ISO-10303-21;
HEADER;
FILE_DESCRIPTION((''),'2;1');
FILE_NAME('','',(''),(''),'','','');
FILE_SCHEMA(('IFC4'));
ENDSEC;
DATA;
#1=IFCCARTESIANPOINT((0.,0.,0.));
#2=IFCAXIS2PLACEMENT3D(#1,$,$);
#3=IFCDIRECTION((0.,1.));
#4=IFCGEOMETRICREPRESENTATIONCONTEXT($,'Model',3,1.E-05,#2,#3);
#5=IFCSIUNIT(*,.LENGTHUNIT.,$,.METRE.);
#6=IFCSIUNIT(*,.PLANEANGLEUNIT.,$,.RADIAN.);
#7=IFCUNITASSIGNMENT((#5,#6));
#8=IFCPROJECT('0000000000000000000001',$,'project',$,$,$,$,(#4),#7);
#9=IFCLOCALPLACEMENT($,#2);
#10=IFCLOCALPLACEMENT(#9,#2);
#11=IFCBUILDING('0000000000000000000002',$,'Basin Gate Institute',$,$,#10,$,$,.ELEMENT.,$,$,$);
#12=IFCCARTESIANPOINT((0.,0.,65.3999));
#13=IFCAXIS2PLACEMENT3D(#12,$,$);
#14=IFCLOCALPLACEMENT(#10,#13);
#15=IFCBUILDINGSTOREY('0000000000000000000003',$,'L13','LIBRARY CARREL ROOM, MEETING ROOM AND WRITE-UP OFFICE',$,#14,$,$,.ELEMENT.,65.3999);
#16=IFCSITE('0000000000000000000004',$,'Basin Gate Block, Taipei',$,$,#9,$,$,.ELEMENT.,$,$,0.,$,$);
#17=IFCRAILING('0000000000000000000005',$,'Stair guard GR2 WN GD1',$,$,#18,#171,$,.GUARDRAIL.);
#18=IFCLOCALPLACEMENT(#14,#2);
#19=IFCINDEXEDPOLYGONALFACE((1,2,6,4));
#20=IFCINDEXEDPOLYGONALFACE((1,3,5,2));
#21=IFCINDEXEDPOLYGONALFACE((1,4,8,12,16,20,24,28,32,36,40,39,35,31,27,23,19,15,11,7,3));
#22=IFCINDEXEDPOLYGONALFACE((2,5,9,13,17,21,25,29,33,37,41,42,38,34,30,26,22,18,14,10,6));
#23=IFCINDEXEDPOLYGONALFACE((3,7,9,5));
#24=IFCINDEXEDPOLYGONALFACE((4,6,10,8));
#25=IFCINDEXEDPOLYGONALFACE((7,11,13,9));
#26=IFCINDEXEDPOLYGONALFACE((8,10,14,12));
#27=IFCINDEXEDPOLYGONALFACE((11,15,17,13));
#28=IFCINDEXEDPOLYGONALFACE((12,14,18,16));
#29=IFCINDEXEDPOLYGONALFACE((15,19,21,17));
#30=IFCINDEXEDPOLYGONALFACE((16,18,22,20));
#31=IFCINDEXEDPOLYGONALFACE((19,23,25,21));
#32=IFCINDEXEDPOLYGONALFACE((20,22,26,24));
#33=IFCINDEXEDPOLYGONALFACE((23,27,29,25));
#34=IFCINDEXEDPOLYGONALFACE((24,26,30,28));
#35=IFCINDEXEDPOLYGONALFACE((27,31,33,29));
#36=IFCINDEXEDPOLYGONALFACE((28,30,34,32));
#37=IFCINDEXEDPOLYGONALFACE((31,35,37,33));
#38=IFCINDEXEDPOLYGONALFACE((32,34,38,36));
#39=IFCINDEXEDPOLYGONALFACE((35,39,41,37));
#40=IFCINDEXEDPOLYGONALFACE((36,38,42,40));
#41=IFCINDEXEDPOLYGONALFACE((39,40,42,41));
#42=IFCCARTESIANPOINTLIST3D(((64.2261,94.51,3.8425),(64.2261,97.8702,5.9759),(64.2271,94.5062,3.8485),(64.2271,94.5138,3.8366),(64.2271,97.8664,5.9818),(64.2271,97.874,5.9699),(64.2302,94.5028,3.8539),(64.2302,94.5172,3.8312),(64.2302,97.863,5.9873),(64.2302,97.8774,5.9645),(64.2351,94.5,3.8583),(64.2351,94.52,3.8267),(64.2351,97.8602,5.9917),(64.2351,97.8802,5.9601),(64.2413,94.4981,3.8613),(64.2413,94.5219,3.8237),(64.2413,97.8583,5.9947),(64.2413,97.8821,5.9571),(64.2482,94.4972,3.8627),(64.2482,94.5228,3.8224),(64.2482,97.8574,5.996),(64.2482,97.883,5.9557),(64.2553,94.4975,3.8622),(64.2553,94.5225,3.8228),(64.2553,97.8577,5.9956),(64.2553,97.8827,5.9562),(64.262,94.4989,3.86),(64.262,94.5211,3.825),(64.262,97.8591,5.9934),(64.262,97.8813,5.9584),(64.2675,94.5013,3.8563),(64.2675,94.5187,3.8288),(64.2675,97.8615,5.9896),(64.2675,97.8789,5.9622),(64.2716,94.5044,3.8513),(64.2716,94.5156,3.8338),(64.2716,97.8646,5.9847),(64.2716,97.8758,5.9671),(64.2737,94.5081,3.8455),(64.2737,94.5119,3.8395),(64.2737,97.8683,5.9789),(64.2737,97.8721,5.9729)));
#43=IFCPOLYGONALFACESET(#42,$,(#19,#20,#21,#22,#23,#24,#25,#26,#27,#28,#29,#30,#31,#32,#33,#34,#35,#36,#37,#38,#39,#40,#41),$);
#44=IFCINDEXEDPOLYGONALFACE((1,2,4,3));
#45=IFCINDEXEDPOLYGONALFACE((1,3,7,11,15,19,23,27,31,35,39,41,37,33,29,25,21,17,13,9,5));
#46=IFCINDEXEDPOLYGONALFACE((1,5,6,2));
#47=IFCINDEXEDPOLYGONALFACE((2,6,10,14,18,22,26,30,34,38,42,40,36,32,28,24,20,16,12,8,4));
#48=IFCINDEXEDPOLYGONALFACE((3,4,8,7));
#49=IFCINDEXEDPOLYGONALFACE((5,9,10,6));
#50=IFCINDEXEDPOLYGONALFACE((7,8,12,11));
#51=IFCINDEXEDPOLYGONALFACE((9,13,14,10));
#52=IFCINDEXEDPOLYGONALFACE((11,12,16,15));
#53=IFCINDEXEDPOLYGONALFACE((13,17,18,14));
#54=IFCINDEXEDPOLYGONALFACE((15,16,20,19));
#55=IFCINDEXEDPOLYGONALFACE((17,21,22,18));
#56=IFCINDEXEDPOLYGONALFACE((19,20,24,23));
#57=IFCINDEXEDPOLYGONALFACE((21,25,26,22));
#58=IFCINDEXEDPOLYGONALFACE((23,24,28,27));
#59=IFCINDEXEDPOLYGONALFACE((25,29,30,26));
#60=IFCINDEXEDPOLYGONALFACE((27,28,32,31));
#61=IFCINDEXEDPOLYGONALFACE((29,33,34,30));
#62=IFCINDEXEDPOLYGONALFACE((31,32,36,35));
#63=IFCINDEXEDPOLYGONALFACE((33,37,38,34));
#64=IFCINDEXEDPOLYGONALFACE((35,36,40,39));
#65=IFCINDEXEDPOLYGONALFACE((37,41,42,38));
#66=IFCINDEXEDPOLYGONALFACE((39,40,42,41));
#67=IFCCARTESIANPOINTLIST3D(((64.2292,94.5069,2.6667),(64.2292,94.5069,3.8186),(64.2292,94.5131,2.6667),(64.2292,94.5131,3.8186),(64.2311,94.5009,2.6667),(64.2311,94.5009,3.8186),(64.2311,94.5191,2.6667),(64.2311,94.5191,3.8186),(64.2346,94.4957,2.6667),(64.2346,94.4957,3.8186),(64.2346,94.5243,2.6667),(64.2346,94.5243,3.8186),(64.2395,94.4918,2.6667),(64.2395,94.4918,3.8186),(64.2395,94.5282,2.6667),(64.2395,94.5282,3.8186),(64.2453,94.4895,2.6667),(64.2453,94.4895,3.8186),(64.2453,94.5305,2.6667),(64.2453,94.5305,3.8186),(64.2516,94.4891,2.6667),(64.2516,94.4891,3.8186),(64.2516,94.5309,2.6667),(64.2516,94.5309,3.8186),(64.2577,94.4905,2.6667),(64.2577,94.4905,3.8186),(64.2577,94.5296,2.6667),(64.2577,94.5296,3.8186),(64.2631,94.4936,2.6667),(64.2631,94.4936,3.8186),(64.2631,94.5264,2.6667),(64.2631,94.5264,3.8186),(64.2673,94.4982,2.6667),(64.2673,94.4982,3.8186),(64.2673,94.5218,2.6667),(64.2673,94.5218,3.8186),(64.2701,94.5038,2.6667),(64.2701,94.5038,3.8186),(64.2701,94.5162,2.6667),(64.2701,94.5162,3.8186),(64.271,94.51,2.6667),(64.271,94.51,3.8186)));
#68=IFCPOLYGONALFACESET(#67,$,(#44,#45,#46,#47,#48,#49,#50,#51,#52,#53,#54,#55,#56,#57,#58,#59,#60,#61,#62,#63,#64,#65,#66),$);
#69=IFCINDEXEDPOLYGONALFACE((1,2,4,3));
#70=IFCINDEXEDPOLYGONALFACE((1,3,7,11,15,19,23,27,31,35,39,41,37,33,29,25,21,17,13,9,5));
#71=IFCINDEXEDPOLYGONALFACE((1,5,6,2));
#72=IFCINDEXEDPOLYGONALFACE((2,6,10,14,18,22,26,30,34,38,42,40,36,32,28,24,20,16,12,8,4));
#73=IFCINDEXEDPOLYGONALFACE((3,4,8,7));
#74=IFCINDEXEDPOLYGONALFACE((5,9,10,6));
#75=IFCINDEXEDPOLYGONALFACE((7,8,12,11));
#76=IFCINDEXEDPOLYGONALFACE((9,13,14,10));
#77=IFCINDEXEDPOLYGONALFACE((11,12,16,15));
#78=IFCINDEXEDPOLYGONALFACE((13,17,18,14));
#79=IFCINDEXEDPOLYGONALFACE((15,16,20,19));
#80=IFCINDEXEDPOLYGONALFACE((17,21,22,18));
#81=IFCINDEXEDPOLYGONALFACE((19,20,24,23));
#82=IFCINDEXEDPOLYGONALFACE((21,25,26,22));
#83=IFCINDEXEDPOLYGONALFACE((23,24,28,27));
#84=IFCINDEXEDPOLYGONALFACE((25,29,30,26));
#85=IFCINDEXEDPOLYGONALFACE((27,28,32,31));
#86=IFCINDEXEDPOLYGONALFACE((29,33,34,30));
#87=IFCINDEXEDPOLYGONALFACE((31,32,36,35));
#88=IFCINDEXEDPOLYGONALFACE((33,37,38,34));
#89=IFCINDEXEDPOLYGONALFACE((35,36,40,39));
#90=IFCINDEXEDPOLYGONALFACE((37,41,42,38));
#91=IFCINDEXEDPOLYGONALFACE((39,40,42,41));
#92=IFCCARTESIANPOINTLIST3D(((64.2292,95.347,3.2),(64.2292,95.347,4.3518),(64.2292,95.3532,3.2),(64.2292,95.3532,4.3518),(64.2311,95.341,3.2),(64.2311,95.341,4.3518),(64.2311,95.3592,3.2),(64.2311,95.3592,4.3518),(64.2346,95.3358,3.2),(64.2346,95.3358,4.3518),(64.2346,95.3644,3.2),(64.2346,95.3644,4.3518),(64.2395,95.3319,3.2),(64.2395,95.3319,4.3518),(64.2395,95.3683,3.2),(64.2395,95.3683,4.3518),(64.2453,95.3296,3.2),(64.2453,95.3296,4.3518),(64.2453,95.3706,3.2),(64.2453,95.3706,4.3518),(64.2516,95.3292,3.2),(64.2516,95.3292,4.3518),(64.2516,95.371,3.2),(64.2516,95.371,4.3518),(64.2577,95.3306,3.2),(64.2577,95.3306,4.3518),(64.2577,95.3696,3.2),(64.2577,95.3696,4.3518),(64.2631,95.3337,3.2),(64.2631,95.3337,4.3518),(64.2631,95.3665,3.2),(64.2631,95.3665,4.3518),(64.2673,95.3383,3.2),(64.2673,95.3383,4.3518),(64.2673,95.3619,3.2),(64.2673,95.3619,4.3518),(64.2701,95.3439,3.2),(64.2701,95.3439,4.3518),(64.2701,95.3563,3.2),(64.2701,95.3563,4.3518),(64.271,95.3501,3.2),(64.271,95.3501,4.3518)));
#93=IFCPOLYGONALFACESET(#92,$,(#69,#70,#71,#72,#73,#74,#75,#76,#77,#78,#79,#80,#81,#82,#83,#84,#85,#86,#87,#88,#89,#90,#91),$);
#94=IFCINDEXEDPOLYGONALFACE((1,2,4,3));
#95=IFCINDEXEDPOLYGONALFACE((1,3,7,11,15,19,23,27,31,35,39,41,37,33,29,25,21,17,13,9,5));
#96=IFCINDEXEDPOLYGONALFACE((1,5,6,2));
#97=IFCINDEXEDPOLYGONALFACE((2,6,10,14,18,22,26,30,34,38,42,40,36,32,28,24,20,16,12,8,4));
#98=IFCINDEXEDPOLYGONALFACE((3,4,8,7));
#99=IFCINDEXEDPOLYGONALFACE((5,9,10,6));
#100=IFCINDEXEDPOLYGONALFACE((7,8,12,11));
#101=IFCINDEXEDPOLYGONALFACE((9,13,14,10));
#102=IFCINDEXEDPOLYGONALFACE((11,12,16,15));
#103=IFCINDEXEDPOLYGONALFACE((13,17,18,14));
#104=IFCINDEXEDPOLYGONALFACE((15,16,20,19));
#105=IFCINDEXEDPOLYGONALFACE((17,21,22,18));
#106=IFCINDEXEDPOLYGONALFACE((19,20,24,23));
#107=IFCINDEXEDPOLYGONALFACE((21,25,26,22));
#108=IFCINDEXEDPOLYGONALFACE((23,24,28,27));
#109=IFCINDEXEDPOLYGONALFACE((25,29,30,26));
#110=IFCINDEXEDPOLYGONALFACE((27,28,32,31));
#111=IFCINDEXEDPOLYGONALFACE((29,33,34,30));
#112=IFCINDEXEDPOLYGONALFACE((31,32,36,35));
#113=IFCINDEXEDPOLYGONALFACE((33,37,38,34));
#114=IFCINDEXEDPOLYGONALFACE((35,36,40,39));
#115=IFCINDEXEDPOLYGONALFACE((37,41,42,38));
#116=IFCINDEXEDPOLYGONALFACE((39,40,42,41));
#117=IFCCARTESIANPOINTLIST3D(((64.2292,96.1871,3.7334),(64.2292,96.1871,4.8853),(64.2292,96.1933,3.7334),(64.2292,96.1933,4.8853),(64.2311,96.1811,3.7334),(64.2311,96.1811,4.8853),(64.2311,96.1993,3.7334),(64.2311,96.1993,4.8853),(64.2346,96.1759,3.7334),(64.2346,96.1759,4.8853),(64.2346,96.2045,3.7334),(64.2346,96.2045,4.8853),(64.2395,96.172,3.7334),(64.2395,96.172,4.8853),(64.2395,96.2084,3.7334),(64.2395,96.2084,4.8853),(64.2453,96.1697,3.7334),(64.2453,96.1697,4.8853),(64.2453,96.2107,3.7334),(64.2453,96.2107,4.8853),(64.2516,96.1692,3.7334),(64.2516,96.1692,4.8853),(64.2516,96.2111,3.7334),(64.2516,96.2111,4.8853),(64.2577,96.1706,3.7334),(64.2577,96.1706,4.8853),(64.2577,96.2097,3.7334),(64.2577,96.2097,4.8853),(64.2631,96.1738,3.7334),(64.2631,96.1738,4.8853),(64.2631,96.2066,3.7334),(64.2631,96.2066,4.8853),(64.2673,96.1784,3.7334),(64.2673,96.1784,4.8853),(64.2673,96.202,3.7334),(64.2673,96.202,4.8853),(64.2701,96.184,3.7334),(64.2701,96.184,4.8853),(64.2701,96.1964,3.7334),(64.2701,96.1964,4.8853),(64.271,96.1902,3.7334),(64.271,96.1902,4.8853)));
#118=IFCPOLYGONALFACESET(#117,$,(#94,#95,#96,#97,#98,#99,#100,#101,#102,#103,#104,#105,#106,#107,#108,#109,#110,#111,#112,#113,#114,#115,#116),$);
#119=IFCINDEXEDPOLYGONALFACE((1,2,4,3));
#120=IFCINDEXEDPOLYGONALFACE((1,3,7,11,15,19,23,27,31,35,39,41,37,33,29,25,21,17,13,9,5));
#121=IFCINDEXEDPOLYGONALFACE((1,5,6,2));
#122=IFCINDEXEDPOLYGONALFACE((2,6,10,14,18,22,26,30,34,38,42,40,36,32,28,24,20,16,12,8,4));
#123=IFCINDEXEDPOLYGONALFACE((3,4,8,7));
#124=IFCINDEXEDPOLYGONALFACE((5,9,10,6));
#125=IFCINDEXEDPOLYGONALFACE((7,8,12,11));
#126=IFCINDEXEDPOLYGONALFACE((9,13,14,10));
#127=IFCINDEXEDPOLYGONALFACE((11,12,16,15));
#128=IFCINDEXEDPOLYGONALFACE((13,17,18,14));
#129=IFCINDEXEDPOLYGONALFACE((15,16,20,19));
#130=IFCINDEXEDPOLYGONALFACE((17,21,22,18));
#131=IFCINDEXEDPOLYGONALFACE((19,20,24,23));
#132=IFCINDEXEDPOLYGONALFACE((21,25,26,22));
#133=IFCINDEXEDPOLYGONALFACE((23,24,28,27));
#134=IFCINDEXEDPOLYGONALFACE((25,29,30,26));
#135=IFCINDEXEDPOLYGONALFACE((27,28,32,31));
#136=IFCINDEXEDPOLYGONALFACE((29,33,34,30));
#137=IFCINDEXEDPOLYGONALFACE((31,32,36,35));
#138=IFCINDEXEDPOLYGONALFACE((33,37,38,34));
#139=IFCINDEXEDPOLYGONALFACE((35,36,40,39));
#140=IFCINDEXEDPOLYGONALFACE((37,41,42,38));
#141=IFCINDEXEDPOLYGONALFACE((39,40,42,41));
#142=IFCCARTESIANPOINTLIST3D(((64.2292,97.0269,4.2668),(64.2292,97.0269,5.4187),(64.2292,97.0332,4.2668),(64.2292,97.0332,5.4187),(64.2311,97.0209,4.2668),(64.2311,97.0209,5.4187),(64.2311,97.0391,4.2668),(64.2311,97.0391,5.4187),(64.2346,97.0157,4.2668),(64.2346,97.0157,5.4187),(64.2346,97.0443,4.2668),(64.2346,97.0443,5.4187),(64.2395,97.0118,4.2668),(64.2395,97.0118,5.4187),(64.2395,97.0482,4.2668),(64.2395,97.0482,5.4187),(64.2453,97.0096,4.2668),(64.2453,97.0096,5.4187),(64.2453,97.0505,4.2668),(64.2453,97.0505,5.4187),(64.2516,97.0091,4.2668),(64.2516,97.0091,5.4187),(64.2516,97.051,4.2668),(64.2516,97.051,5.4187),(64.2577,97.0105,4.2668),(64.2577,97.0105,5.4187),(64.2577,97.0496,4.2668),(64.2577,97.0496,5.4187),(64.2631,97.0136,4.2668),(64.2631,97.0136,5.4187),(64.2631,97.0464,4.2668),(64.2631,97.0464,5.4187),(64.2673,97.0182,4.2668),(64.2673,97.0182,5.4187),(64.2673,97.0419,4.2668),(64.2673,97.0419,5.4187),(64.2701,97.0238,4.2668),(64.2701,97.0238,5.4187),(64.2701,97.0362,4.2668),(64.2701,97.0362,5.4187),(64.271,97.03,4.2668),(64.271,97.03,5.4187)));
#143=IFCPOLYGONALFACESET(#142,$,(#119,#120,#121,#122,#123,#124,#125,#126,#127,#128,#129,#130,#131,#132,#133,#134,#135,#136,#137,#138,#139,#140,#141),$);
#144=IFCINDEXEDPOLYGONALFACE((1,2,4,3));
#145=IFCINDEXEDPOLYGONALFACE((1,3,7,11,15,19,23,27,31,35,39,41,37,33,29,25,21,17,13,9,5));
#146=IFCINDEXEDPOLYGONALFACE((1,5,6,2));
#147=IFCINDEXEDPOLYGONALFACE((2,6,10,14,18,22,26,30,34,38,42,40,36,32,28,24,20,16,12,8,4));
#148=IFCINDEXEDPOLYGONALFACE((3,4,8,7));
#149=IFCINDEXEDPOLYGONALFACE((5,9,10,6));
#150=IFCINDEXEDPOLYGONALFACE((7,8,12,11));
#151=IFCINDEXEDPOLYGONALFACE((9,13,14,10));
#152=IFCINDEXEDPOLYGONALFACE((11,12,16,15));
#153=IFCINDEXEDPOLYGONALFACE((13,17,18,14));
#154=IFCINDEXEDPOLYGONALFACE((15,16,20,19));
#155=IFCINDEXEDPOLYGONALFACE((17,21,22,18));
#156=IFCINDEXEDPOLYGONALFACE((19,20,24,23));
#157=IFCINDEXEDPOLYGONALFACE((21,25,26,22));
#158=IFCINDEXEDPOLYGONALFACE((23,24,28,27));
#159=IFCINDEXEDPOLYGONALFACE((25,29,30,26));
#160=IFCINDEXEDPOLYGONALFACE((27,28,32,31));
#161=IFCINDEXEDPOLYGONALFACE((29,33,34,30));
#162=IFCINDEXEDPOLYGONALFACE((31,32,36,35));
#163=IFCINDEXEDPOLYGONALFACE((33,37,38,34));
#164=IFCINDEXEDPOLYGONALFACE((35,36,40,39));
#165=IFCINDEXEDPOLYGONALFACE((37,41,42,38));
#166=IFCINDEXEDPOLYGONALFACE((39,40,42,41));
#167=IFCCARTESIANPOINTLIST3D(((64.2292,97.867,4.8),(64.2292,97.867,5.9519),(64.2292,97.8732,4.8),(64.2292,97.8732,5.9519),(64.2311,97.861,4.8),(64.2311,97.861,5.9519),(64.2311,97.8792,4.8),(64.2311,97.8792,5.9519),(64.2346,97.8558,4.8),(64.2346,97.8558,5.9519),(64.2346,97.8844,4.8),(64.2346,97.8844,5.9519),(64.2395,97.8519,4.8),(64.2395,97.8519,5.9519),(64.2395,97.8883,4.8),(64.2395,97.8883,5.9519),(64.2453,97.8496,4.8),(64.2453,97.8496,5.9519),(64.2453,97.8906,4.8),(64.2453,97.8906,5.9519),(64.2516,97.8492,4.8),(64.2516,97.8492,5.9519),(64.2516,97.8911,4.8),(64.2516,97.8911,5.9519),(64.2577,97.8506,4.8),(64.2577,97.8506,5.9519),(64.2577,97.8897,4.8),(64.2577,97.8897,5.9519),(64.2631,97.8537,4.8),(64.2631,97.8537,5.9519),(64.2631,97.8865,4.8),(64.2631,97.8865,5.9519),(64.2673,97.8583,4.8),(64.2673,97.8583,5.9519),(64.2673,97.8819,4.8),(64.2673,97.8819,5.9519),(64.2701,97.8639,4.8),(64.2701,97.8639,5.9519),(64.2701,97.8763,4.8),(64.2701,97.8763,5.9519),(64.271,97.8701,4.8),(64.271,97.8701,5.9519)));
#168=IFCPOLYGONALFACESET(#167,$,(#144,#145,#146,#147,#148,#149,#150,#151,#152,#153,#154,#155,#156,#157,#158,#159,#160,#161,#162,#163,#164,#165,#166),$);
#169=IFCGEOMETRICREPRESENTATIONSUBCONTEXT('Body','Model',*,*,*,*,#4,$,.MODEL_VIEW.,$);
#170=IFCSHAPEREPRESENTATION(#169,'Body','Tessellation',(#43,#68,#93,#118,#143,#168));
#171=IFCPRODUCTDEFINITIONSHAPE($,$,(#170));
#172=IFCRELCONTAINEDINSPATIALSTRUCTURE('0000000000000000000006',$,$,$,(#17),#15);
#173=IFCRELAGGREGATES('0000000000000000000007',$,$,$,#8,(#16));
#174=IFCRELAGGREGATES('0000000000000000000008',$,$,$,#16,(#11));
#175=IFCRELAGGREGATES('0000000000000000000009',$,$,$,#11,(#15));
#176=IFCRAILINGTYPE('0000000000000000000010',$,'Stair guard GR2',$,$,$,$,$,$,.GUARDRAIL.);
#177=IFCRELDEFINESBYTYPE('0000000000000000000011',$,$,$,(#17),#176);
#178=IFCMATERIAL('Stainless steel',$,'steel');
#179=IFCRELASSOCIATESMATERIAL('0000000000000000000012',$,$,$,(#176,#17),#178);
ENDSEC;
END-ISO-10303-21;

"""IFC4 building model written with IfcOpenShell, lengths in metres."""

from ifc_helpers import new_model, si_unit, direction, frame, origin, origin_2d, place, context, subcontext, project, spatial, circle, extrude, material, type_object, element, save


model = new_model("IFC4")

# Units and contexts
model_context = context("Model", 3, precision=1e-05, world=origin(), true_north=direction((0.0, 1.0)))
body_context = subcontext(model_context, "Body", "Model", "MODEL_VIEW")
ifc_project = project(units=[si_unit("LENGTHUNIT", "METRE"), si_unit("PLANEANGLEUNIT", "RADIAN")], contexts=[model_context])

# Site, building, storey
site_placement = place(None, origin())
site = spatial("IfcSite", under=ifc_project, at=site_placement, Name="Basin Gate Block, Taipei", CompositionType="ELEMENT", RefElevation=0.0)
building_placement = place(site_placement, origin())
building = spatial("IfcBuilding", under=site, at=building_placement, Name="Basin Gate Institute", CompositionType="ELEMENT")
storey_placement = place(building_placement, frame((0.0, 0.0, 65.3999)))
storey = spatial("IfcBuildingStorey", under=building, at=storey_placement, Name="L13", Description="LIBRARY CARREL ROOM, MEETING ROOM AND WRITE-UP OFFICE", CompositionType="ELEMENT", Elevation=65.3999)

# Railing
ifc_material_1 = material(Name="Stainless steel", Category="steel")
railing_type_1 = type_object("IfcRailingType", Name="Stair guard GR2", PredefinedType="GUARDRAIL", material=ifc_material_1)
railing_1_placement = place(storey_placement, frame((64.25, 94.51, 2.6667)))
element("IfcRailing", 1, at=railing_1_placement, inside=storey, type_object=railing_type_1, material=ifc_material_1, Name="Stair guard GR2 WN GD1", PredefinedType="GUARDRAIL", context=body_context, shape_type="SweptSolid", body=[
    extrude(circle(Radius=0.0239, at=origin_2d()), frame((0.0, 0.0, 1.1758), z_axis=(0.0, 0.844224, 0.53599), x_axis=(-1.0, 0.0, 0.0)), (0.0, 0.0, 1.0), 3.9802),
    extrude(circle(Radius=0.021, at=origin_2d()), origin(), (0.0, 0.0, 1.0), 1.1519),
    extrude(circle(Radius=0.021, at=origin_2d()), frame((0.0, 0.8401, 0.5332)), (0.0, 0.0, 1.0), 1.1519),
    extrude(circle(Radius=0.021, at=origin_2d()), frame((0.0, 1.6802, 1.0667)), (0.0, 0.0, 1.0), 1.1519),
    extrude(circle(Radius=0.021, at=origin_2d()), frame((0.0, 2.52, 1.6001)), (0.0, 0.0, 1.0), 1.1519),
    extrude(circle(Radius=0.021, at=origin_2d()), frame((0.0, 3.3601, 2.1333)), (0.0, 0.0, 1.0), 1.1519),
])

save(model, "model.ifc")
